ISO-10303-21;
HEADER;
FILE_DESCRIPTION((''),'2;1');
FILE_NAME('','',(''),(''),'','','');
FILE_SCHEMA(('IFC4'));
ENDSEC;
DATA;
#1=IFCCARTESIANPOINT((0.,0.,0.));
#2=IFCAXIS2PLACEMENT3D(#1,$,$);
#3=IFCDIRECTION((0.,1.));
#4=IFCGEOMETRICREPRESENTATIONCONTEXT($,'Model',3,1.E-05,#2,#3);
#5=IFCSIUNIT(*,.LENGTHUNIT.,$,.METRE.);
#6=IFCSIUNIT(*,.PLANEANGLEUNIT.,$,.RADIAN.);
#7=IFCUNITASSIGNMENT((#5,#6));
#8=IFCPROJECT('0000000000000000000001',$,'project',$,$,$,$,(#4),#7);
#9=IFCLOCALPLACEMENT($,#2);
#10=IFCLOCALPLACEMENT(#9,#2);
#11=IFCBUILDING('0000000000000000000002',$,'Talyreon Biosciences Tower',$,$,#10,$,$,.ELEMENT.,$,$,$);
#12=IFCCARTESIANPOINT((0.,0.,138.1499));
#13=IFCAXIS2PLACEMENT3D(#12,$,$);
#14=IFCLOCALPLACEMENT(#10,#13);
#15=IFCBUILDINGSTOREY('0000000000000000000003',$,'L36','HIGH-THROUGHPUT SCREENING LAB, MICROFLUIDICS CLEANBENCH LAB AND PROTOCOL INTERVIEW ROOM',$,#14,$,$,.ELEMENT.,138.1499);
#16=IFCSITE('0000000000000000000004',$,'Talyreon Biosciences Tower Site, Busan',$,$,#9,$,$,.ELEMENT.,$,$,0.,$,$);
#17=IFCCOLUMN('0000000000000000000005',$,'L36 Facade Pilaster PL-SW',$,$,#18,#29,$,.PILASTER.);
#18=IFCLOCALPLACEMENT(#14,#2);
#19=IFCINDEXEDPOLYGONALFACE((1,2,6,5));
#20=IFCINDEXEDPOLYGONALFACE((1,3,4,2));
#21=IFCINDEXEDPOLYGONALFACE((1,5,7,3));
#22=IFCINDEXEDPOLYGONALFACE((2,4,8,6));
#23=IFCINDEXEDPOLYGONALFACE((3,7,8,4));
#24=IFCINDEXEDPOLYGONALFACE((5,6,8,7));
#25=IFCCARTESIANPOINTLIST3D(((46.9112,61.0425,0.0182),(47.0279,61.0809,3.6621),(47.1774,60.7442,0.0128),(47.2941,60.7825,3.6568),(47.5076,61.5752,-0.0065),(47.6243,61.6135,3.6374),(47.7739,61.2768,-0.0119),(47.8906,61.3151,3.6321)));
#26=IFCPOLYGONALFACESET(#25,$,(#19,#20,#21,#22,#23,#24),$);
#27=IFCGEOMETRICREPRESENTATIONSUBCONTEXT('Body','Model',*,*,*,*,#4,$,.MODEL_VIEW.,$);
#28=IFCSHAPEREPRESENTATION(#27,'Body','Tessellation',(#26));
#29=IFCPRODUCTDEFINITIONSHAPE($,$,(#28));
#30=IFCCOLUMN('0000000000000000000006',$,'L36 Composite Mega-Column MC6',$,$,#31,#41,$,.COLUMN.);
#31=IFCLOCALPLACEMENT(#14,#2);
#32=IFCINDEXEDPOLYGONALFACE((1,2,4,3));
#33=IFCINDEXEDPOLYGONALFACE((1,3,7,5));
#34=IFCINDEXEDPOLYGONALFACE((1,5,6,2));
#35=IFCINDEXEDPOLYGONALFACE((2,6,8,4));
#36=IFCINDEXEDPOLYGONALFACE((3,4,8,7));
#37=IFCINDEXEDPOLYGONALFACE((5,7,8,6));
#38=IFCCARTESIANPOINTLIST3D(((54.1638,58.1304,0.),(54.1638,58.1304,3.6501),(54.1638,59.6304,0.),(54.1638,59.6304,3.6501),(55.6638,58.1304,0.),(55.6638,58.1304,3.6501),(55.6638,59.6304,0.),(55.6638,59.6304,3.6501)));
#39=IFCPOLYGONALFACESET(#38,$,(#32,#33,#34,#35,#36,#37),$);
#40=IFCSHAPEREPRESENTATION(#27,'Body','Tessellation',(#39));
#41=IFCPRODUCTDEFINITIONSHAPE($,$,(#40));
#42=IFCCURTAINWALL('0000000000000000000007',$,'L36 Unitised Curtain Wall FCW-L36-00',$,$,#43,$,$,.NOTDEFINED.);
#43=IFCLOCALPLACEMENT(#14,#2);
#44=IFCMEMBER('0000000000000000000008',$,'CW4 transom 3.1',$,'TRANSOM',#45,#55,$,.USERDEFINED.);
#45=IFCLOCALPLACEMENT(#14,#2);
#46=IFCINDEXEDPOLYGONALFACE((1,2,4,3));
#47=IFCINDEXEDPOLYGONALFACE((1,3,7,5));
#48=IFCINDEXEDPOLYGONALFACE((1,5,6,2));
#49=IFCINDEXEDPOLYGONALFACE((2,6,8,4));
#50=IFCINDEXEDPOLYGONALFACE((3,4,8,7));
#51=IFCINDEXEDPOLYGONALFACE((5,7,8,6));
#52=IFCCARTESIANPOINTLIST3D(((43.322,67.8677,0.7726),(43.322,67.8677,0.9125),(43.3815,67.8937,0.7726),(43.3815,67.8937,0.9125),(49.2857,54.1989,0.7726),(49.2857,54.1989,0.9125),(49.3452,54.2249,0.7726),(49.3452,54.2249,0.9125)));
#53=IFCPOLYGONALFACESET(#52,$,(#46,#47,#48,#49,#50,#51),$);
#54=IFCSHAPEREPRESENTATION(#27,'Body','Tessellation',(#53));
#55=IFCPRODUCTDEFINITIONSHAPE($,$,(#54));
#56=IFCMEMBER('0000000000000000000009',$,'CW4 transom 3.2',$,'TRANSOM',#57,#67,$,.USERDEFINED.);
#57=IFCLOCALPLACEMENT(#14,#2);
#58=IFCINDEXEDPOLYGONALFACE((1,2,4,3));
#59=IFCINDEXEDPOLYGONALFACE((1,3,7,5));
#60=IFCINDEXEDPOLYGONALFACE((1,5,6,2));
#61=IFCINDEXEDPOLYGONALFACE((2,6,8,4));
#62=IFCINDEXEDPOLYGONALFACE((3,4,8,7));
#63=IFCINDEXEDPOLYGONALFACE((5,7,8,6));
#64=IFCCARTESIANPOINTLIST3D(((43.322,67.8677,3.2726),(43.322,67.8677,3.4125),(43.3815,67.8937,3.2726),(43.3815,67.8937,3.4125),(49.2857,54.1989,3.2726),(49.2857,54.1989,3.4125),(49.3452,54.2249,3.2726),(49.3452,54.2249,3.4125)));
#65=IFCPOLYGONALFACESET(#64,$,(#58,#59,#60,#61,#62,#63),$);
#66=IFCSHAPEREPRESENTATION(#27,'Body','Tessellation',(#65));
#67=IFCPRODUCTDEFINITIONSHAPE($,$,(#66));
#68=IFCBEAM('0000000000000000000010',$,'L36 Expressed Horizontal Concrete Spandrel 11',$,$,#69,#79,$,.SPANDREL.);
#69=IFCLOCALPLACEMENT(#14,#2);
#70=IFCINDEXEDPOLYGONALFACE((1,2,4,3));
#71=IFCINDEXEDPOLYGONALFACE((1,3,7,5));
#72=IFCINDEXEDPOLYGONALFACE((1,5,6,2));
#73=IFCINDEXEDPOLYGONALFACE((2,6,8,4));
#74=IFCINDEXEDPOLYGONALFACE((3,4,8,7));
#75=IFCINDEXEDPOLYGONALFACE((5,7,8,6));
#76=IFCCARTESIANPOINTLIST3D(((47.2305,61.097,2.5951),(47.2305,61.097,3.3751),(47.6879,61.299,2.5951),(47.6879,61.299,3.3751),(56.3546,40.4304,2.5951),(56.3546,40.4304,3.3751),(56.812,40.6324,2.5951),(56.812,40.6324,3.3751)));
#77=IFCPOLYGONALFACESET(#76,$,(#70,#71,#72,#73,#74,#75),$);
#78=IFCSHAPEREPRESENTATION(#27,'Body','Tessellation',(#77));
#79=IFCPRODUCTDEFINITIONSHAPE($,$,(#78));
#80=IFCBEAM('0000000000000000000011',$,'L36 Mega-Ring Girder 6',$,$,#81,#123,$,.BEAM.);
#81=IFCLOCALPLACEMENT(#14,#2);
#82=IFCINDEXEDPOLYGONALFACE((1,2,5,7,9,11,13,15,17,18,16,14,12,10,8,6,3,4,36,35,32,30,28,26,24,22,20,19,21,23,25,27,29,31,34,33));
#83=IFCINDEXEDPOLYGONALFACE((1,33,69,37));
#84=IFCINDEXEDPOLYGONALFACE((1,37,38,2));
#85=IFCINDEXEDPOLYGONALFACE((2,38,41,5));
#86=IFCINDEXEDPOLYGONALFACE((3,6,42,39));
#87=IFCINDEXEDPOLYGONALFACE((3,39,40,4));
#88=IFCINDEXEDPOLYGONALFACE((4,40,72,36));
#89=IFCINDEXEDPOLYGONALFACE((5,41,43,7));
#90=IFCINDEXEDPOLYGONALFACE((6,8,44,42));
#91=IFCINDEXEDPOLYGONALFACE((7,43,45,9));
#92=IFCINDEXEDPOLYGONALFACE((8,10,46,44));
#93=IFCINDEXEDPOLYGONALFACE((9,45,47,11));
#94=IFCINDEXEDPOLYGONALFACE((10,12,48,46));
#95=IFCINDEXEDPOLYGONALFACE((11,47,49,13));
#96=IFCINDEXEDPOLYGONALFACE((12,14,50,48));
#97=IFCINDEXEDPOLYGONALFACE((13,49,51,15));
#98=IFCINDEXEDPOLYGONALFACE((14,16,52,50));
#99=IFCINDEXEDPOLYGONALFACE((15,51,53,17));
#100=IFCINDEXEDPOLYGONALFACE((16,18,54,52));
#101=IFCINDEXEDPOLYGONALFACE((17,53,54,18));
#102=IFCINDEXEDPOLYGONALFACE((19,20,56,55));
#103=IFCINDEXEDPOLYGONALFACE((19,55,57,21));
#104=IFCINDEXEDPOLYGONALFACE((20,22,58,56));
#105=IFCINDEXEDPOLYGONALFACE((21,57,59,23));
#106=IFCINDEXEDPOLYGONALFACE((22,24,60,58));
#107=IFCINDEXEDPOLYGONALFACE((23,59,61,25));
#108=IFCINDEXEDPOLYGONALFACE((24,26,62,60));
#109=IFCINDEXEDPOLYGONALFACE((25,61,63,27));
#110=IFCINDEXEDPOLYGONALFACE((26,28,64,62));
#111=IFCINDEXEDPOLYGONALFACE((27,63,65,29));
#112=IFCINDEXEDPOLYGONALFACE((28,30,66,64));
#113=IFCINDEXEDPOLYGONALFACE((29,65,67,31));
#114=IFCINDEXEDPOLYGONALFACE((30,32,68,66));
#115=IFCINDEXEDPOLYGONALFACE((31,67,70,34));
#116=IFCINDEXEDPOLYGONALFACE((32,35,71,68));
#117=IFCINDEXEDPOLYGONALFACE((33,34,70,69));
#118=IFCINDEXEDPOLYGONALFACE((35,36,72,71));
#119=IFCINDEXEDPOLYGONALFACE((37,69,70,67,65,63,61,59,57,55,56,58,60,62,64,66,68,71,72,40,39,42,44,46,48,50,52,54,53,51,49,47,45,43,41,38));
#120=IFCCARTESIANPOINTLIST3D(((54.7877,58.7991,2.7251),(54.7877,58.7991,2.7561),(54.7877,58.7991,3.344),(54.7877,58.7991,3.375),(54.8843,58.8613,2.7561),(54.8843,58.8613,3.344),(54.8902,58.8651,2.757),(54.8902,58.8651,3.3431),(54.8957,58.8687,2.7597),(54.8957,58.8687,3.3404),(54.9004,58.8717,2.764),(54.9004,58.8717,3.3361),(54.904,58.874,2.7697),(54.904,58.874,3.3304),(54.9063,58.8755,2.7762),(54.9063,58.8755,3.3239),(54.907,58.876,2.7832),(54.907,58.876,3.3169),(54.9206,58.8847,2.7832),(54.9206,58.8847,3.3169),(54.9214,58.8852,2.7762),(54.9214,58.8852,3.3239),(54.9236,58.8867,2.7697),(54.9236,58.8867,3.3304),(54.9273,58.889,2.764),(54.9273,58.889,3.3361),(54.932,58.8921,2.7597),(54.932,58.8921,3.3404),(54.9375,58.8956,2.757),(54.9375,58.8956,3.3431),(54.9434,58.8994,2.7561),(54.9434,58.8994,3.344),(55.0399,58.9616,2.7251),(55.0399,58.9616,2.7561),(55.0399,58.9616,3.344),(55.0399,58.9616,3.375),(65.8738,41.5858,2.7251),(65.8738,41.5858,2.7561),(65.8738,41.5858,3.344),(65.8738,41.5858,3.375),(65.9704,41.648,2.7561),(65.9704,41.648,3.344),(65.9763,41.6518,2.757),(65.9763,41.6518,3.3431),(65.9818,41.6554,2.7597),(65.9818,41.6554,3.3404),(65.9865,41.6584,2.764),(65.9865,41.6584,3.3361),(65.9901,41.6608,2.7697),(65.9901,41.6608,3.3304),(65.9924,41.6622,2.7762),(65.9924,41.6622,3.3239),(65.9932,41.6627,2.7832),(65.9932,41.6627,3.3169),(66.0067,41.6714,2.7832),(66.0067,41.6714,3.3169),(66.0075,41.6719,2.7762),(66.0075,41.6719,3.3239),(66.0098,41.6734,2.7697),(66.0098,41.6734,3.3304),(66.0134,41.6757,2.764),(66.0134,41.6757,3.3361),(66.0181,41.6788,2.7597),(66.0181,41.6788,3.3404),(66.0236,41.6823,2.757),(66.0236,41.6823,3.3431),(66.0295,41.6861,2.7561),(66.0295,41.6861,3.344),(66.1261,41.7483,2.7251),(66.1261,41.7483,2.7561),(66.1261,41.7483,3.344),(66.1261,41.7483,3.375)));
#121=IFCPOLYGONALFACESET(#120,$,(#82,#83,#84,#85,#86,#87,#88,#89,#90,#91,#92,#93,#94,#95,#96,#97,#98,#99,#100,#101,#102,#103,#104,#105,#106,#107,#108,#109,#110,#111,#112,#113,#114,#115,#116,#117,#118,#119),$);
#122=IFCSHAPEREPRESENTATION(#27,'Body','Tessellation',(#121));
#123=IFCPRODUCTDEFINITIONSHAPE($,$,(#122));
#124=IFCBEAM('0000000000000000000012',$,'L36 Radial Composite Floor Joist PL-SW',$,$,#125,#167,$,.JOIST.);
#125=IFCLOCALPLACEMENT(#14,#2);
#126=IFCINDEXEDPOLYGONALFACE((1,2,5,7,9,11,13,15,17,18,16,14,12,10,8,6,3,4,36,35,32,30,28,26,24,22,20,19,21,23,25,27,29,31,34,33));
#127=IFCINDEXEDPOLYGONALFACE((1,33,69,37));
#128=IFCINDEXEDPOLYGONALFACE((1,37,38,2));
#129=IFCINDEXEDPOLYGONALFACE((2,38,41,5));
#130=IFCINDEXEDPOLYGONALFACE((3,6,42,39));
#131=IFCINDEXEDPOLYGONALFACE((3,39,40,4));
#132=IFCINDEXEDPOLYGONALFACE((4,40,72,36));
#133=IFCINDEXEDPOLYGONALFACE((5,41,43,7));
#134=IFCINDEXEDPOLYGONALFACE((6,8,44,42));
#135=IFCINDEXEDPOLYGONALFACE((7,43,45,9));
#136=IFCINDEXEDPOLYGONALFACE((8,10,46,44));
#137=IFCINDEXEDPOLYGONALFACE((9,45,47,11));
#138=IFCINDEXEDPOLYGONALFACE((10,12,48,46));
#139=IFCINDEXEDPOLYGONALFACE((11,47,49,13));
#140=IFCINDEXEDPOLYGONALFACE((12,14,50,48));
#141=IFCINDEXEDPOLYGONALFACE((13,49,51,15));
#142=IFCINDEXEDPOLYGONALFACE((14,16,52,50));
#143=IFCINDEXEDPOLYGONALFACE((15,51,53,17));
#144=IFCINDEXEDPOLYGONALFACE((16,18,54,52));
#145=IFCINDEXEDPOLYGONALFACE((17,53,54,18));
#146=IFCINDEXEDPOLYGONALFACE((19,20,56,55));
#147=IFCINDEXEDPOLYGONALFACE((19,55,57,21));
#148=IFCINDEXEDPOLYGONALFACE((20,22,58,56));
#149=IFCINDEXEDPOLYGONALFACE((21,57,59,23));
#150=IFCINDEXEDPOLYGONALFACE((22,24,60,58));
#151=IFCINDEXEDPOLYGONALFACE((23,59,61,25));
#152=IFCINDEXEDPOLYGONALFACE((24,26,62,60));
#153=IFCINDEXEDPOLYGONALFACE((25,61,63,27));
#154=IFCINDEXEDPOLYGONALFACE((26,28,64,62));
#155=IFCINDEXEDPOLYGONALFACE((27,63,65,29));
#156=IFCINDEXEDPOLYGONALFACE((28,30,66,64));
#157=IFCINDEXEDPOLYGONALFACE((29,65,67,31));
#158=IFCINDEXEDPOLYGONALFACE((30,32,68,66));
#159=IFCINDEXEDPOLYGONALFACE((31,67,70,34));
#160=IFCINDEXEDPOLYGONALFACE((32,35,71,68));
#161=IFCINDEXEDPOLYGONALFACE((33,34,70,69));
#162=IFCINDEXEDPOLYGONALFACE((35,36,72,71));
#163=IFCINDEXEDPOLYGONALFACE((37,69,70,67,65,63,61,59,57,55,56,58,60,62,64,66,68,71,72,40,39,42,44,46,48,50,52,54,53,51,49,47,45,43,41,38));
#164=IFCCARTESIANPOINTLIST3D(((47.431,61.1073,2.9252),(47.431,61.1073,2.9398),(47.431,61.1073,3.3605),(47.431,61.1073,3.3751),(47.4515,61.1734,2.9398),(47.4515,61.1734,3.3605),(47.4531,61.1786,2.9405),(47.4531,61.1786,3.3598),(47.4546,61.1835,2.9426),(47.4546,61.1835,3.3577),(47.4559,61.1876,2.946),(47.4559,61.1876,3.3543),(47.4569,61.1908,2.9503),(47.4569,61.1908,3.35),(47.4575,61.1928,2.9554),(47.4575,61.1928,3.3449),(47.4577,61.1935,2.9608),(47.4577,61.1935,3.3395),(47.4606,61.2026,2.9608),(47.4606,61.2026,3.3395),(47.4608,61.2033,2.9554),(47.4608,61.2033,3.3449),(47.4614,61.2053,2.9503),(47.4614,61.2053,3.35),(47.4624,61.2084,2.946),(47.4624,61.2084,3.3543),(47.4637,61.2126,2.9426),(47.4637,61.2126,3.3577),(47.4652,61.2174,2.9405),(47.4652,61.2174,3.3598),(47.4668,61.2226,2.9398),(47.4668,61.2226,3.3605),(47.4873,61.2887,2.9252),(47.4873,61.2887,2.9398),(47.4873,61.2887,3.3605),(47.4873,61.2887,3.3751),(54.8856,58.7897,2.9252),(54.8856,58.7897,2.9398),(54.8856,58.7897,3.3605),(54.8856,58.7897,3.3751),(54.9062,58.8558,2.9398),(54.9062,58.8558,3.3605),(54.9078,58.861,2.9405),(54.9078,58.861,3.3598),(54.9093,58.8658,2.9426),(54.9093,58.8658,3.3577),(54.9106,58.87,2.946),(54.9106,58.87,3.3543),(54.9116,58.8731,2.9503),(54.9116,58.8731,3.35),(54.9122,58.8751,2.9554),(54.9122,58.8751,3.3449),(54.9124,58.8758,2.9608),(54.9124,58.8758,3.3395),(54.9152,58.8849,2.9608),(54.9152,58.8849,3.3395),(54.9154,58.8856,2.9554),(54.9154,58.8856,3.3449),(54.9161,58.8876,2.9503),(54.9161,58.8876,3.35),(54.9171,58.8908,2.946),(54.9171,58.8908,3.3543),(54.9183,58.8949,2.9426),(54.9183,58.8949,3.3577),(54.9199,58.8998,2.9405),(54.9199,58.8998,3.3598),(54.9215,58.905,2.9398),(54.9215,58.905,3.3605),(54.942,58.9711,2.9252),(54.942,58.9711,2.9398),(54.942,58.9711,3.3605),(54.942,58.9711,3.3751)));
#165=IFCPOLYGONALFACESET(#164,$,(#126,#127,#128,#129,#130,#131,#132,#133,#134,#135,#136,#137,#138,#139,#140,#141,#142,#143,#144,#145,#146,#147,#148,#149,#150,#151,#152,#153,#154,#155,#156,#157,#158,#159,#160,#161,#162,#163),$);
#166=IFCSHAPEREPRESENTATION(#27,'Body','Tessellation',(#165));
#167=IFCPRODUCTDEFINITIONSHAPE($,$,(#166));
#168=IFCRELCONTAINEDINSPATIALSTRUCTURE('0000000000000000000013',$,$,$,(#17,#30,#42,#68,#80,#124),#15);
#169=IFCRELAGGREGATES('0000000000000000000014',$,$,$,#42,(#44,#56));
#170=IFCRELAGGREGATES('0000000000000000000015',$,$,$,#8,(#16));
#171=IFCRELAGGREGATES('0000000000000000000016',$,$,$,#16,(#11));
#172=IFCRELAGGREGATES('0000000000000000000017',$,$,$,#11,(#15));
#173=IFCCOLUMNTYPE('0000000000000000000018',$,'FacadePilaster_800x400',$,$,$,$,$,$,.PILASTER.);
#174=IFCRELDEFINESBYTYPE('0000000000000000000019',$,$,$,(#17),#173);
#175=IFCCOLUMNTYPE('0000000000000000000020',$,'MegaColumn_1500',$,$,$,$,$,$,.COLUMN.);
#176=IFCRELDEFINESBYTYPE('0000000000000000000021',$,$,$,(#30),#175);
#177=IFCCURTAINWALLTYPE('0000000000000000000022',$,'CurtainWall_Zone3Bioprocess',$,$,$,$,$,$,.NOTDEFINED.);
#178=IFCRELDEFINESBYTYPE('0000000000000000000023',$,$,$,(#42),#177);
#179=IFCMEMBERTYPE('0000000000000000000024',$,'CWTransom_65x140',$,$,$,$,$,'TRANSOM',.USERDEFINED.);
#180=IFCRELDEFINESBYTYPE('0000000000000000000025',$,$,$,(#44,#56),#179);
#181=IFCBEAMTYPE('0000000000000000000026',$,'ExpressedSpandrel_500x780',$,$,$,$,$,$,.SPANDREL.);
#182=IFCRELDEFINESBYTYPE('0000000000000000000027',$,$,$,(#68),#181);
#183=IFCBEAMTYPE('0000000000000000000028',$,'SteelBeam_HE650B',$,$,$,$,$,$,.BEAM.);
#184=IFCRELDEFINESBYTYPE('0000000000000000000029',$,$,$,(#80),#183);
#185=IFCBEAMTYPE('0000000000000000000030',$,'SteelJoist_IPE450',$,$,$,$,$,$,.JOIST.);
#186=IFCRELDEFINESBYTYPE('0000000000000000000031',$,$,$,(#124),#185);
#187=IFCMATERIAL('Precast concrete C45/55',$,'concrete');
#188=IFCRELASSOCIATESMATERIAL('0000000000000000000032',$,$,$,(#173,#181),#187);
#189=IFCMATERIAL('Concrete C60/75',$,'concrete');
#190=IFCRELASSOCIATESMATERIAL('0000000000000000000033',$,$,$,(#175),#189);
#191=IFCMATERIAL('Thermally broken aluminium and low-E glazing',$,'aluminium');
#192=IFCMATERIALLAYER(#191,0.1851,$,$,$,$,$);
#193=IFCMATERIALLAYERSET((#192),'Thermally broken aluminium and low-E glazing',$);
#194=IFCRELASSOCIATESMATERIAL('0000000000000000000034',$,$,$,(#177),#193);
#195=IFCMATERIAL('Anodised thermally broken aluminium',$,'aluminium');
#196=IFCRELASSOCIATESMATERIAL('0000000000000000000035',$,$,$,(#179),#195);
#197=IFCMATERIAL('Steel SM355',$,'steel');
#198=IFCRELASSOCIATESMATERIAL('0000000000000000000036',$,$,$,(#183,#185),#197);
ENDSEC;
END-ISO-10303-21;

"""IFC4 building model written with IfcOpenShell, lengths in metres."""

from ifc_helpers import new_model, si_unit, direction, frame, origin, origin_2d, place, context, subcontext, project, spatial, rectangle, i_section, extrude, material, layer, layer_set, material_profile, profile_set, type_object, element, aggregate, save


model = new_model("IFC4")

# Units and contexts
model_context = context("Model", 3, precision=1e-05, world=origin(), true_north=direction((0.0, 1.0)))
body_context = subcontext(model_context, "Body", "Model", "MODEL_VIEW")
ifc_project = project(units=[si_unit("LENGTHUNIT", "METRE"), si_unit("PLANEANGLEUNIT", "RADIAN")], contexts=[model_context])

# Site, building, storey
site_placement = place(None, origin())
site = spatial("IfcSite", under=ifc_project, at=site_placement, Name="Talyreon Biosciences Tower Site, Busan", CompositionType="ELEMENT", RefElevation=0.0)
building_placement = place(site_placement, origin())
building = spatial("IfcBuilding", under=site, at=building_placement, Name="Talyreon Biosciences Tower", CompositionType="ELEMENT")
storey_placement = place(building_placement, frame((0.0, 0.0, 138.1499)))
storey = spatial("IfcBuildingStorey", under=building, at=storey_placement, Name="L36", Description="HIGH-THROUGHPUT SCREENING LAB, MICROFLUIDICS CLEANBENCH LAB AND PROTOCOL INTERVIEW ROOM", CompositionType="ELEMENT", Elevation=138.1499)

# Columns
ifc_material_1 = material(Name="Precast concrete C45/55", Category="concrete")
ifc_material_profile_1 = material_profile(ifc_material_1, rectangle(XDim=0.8, YDim=0.3999, at=origin_2d()), Name="RC 800x400")
ifc_profile_set_1 = profile_set([ifc_material_profile_1], Name="Precast concrete C45/55")
column_type_1 = type_object("IfcColumnType", Name="FacadePilaster_800x400", PredefinedType="PILASTER", material=ifc_profile_set_1)
column_1_placement = place(storey_placement, frame((47.3425, 61.1597, 0.0032), z_axis=(0.032006, 0.010513, 0.999432), x_axis=(0.745518, 0.66577, -0.030878)))
element("IfcColumn", 1, at=column_1_placement, inside=storey, type_object=column_type_1, Name="L36 Facade Pilaster PL-SW", PredefinedType="PILASTER", context=body_context, shape_type="SweptSolid", body=[
    extrude(rectangle(XDim=0.8, YDim=0.3999, at=origin_2d()), origin(), (0.0, 0.0, 1.0), 3.646),
])
ifc_material_2 = material(Name="Concrete C60/75", Category="concrete")
ifc_material_profile_2 = material_profile(ifc_material_2, rectangle(XDim=1.5, YDim=1.5, at=origin_2d()), Name="RC 1500x1500")
ifc_profile_set_2 = profile_set([ifc_material_profile_2], Name="Concrete C60/75")
column_type_2 = type_object("IfcColumnType", Name="MegaColumn_1500", PredefinedType="COLUMN", material=ifc_profile_set_2)
column_2_placement = place(storey_placement, frame((54.9138, 58.8804, 0.0), z_axis=(0.0, 0.0, 1.0), x_axis=(1.0, 0.0, 0.0)))
element("IfcColumn", 2, at=column_2_placement, inside=storey, type_object=column_type_2, Name="L36 Composite Mega-Column MC6", PredefinedType="COLUMN", context=body_context, shape_type="SweptSolid", body=[
    extrude(rectangle(XDim=1.5, YDim=1.5, at=origin_2d()), origin(), (0.0, 0.0, 1.0), 3.6501),
])

# Curtain wall, members
ifc_material_3 = material(Name="Thermally broken aluminium and low-E glazing", Category="aluminium")
ifc_layer_1 = layer(ifc_material_3, 0.1851)
ifc_layer_set_1 = layer_set([ifc_layer_1], Name="Thermally broken aluminium and low-E glazing")
curtain_wall_type = type_object("IfcCurtainWallType", Name="CurtainWall_Zone3Bioprocess", PredefinedType="NOTDEFINED", material=ifc_layer_set_1)
curtain_wall_placement = place(storey_placement, origin())
curtain_wall = element("IfcCurtainWall", 3, at=curtain_wall_placement, inside=storey, type_object=curtain_wall_type, Name="L36 Unitised Curtain Wall FCW-L36-00", PredefinedType="NOTDEFINED")
ifc_material_4 = material(Name="Anodised thermally broken aluminium", Category="aluminium")
ifc_material_profile_3 = material_profile(ifc_material_4, rectangle(XDim=0.0649, YDim=0.1399, at=origin_2d()), Name="ALUM TRANSOM 65x140")
ifc_profile_set_3 = profile_set([ifc_material_profile_3], Name="Anodised thermally broken aluminium")
member_type = type_object("IfcMemberType", Name="CWTransom_65x140", ElementType="TRANSOM", PredefinedType="USERDEFINED", material=ifc_profile_set_3)
member_1_placement = place(storey_placement, frame((49.3154, 54.2119, 0.8425), z_axis=(-0.399894, 0.916562, 0.0), x_axis=(-0.916562, -0.399894, 0.0)))
member_1 = element("IfcMember", 4, at=member_1_placement, type_object=member_type, Name="CW4 transom 3.1", ObjectType="TRANSOM", PredefinedType="USERDEFINED", context=body_context, shape_type="SweptSolid", body=[
    extrude(rectangle(XDim=0.0649, YDim=0.1399, at=origin_2d()), origin(), (0.0, 0.0, 1.0), 14.9131),
])
member_2_placement = place(storey_placement, frame((49.3154, 54.2119, 3.3425), z_axis=(-0.399894, 0.916562, 0.0), x_axis=(-0.916562, -0.399894, 0.0)))
member_2 = element("IfcMember", 5, at=member_2_placement, type_object=member_type, Name="CW4 transom 3.2", ObjectType="TRANSOM", PredefinedType="USERDEFINED", context=body_context, shape_type="SweptSolid", body=[
    extrude(rectangle(XDim=0.0649, YDim=0.1399, at=origin_2d()), origin(), (0.0, 0.0, 1.0), 14.9131),
])

# Beams
ifc_material_profile_4 = material_profile(ifc_material_1, rectangle(XDim=0.5, YDim=0.78, at=origin_2d()), Name="RCB 500x780")
ifc_profile_set_4 = profile_set([ifc_material_profile_4], Name="Precast concrete C45/55")
beam_type_1 = type_object("IfcBeamType", Name="ExpressedSpandrel_500x780", PredefinedType="SPANDREL", material=ifc_profile_set_4)
beam_1_placement = place(storey_placement, frame((47.4592, 61.198, 2.9851), z_axis=(0.403879, -0.914812, 0.0), x_axis=(0.914812, 0.403879, 0.0)))
element("IfcBeam", 6, at=beam_1_placement, inside=storey, type_object=beam_type_1, Name="L36 Expressed Horizontal Concrete Spandrel 11", PredefinedType="SPANDREL", context=body_context, shape_type="SweptSolid", body=[
    extrude(rectangle(XDim=0.5, YDim=0.78, at=origin_2d()), origin(), (0.0, 0.0, 1.0), 22.5911),
])
ifc_material_5 = material(Name="Steel SM355", Category="steel")
ifc_material_profile_5 = material_profile(ifc_material_5, i_section(OverallWidth=0.3, OverallDepth=0.6499, WebThickness=0.0161, FlangeThickness=0.031, FilletRadius=0.0271, at=origin_2d()), Name="HE650B")
ifc_profile_set_5 = profile_set([ifc_material_profile_5], Name="Steel SM355")
beam_type_2 = type_object("IfcBeamType", Name="SteelBeam_HE650B", PredefinedType="BEAM", material=ifc_profile_set_5)
beam_2_placement = place(storey_placement, frame((54.9138, 58.8804, 3.05), z_axis=(0.541464, -0.840724, 0.0), x_axis=(0.840724, 0.541464, 0.0)))
element("IfcBeam", 7, at=beam_2_placement, inside=storey, type_object=beam_type_2, Name="L36 Mega-Ring Girder 6", PredefinedType="BEAM", context=body_context, shape_type="SweptSolid", body=[
    extrude(i_section(OverallWidth=0.3, OverallDepth=0.6499, WebThickness=0.0161, FlangeThickness=0.031, FilletRadius=0.0271, at=origin_2d()), origin(), (0.0, 0.0, 1.0), 20.4744),
])
ifc_material_profile_6 = material_profile(ifc_material_5, i_section(OverallWidth=0.1899, OverallDepth=0.45, WebThickness=0.0095, FlangeThickness=0.0146, FilletRadius=0.021, at=origin_2d()), Name="IPE450")
ifc_profile_set_6 = profile_set([ifc_material_profile_6], Name="Steel SM355")
beam_type_3 = type_object("IfcBeamType", Name="SteelJoist_IPE450", PredefinedType="JOIST", material=ifc_profile_set_6)
beam_3_placement = place(storey_placement, frame((54.9138, 58.8804, 3.1501), z_axis=(-0.954914, 0.296882, 0.0), x_axis=(-0.296882, -0.954914, 0.0)))
element("IfcBeam", 8, at=beam_3_placement, inside=storey, type_object=beam_type_3, Name="L36 Radial Composite Floor Joist PL-SW", PredefinedType="JOIST", context=body_context, shape_type="SweptSolid", body=[
    extrude(i_section(OverallWidth=0.1899, OverallDepth=0.45, WebThickness=0.0095, FlangeThickness=0.0146, FilletRadius=0.021, at=origin_2d()), origin(), (0.0, 0.0, 1.0), 7.8066),
])

aggregate(curtain_wall, [member_1, member_2])

save(model, "model.ifc")
